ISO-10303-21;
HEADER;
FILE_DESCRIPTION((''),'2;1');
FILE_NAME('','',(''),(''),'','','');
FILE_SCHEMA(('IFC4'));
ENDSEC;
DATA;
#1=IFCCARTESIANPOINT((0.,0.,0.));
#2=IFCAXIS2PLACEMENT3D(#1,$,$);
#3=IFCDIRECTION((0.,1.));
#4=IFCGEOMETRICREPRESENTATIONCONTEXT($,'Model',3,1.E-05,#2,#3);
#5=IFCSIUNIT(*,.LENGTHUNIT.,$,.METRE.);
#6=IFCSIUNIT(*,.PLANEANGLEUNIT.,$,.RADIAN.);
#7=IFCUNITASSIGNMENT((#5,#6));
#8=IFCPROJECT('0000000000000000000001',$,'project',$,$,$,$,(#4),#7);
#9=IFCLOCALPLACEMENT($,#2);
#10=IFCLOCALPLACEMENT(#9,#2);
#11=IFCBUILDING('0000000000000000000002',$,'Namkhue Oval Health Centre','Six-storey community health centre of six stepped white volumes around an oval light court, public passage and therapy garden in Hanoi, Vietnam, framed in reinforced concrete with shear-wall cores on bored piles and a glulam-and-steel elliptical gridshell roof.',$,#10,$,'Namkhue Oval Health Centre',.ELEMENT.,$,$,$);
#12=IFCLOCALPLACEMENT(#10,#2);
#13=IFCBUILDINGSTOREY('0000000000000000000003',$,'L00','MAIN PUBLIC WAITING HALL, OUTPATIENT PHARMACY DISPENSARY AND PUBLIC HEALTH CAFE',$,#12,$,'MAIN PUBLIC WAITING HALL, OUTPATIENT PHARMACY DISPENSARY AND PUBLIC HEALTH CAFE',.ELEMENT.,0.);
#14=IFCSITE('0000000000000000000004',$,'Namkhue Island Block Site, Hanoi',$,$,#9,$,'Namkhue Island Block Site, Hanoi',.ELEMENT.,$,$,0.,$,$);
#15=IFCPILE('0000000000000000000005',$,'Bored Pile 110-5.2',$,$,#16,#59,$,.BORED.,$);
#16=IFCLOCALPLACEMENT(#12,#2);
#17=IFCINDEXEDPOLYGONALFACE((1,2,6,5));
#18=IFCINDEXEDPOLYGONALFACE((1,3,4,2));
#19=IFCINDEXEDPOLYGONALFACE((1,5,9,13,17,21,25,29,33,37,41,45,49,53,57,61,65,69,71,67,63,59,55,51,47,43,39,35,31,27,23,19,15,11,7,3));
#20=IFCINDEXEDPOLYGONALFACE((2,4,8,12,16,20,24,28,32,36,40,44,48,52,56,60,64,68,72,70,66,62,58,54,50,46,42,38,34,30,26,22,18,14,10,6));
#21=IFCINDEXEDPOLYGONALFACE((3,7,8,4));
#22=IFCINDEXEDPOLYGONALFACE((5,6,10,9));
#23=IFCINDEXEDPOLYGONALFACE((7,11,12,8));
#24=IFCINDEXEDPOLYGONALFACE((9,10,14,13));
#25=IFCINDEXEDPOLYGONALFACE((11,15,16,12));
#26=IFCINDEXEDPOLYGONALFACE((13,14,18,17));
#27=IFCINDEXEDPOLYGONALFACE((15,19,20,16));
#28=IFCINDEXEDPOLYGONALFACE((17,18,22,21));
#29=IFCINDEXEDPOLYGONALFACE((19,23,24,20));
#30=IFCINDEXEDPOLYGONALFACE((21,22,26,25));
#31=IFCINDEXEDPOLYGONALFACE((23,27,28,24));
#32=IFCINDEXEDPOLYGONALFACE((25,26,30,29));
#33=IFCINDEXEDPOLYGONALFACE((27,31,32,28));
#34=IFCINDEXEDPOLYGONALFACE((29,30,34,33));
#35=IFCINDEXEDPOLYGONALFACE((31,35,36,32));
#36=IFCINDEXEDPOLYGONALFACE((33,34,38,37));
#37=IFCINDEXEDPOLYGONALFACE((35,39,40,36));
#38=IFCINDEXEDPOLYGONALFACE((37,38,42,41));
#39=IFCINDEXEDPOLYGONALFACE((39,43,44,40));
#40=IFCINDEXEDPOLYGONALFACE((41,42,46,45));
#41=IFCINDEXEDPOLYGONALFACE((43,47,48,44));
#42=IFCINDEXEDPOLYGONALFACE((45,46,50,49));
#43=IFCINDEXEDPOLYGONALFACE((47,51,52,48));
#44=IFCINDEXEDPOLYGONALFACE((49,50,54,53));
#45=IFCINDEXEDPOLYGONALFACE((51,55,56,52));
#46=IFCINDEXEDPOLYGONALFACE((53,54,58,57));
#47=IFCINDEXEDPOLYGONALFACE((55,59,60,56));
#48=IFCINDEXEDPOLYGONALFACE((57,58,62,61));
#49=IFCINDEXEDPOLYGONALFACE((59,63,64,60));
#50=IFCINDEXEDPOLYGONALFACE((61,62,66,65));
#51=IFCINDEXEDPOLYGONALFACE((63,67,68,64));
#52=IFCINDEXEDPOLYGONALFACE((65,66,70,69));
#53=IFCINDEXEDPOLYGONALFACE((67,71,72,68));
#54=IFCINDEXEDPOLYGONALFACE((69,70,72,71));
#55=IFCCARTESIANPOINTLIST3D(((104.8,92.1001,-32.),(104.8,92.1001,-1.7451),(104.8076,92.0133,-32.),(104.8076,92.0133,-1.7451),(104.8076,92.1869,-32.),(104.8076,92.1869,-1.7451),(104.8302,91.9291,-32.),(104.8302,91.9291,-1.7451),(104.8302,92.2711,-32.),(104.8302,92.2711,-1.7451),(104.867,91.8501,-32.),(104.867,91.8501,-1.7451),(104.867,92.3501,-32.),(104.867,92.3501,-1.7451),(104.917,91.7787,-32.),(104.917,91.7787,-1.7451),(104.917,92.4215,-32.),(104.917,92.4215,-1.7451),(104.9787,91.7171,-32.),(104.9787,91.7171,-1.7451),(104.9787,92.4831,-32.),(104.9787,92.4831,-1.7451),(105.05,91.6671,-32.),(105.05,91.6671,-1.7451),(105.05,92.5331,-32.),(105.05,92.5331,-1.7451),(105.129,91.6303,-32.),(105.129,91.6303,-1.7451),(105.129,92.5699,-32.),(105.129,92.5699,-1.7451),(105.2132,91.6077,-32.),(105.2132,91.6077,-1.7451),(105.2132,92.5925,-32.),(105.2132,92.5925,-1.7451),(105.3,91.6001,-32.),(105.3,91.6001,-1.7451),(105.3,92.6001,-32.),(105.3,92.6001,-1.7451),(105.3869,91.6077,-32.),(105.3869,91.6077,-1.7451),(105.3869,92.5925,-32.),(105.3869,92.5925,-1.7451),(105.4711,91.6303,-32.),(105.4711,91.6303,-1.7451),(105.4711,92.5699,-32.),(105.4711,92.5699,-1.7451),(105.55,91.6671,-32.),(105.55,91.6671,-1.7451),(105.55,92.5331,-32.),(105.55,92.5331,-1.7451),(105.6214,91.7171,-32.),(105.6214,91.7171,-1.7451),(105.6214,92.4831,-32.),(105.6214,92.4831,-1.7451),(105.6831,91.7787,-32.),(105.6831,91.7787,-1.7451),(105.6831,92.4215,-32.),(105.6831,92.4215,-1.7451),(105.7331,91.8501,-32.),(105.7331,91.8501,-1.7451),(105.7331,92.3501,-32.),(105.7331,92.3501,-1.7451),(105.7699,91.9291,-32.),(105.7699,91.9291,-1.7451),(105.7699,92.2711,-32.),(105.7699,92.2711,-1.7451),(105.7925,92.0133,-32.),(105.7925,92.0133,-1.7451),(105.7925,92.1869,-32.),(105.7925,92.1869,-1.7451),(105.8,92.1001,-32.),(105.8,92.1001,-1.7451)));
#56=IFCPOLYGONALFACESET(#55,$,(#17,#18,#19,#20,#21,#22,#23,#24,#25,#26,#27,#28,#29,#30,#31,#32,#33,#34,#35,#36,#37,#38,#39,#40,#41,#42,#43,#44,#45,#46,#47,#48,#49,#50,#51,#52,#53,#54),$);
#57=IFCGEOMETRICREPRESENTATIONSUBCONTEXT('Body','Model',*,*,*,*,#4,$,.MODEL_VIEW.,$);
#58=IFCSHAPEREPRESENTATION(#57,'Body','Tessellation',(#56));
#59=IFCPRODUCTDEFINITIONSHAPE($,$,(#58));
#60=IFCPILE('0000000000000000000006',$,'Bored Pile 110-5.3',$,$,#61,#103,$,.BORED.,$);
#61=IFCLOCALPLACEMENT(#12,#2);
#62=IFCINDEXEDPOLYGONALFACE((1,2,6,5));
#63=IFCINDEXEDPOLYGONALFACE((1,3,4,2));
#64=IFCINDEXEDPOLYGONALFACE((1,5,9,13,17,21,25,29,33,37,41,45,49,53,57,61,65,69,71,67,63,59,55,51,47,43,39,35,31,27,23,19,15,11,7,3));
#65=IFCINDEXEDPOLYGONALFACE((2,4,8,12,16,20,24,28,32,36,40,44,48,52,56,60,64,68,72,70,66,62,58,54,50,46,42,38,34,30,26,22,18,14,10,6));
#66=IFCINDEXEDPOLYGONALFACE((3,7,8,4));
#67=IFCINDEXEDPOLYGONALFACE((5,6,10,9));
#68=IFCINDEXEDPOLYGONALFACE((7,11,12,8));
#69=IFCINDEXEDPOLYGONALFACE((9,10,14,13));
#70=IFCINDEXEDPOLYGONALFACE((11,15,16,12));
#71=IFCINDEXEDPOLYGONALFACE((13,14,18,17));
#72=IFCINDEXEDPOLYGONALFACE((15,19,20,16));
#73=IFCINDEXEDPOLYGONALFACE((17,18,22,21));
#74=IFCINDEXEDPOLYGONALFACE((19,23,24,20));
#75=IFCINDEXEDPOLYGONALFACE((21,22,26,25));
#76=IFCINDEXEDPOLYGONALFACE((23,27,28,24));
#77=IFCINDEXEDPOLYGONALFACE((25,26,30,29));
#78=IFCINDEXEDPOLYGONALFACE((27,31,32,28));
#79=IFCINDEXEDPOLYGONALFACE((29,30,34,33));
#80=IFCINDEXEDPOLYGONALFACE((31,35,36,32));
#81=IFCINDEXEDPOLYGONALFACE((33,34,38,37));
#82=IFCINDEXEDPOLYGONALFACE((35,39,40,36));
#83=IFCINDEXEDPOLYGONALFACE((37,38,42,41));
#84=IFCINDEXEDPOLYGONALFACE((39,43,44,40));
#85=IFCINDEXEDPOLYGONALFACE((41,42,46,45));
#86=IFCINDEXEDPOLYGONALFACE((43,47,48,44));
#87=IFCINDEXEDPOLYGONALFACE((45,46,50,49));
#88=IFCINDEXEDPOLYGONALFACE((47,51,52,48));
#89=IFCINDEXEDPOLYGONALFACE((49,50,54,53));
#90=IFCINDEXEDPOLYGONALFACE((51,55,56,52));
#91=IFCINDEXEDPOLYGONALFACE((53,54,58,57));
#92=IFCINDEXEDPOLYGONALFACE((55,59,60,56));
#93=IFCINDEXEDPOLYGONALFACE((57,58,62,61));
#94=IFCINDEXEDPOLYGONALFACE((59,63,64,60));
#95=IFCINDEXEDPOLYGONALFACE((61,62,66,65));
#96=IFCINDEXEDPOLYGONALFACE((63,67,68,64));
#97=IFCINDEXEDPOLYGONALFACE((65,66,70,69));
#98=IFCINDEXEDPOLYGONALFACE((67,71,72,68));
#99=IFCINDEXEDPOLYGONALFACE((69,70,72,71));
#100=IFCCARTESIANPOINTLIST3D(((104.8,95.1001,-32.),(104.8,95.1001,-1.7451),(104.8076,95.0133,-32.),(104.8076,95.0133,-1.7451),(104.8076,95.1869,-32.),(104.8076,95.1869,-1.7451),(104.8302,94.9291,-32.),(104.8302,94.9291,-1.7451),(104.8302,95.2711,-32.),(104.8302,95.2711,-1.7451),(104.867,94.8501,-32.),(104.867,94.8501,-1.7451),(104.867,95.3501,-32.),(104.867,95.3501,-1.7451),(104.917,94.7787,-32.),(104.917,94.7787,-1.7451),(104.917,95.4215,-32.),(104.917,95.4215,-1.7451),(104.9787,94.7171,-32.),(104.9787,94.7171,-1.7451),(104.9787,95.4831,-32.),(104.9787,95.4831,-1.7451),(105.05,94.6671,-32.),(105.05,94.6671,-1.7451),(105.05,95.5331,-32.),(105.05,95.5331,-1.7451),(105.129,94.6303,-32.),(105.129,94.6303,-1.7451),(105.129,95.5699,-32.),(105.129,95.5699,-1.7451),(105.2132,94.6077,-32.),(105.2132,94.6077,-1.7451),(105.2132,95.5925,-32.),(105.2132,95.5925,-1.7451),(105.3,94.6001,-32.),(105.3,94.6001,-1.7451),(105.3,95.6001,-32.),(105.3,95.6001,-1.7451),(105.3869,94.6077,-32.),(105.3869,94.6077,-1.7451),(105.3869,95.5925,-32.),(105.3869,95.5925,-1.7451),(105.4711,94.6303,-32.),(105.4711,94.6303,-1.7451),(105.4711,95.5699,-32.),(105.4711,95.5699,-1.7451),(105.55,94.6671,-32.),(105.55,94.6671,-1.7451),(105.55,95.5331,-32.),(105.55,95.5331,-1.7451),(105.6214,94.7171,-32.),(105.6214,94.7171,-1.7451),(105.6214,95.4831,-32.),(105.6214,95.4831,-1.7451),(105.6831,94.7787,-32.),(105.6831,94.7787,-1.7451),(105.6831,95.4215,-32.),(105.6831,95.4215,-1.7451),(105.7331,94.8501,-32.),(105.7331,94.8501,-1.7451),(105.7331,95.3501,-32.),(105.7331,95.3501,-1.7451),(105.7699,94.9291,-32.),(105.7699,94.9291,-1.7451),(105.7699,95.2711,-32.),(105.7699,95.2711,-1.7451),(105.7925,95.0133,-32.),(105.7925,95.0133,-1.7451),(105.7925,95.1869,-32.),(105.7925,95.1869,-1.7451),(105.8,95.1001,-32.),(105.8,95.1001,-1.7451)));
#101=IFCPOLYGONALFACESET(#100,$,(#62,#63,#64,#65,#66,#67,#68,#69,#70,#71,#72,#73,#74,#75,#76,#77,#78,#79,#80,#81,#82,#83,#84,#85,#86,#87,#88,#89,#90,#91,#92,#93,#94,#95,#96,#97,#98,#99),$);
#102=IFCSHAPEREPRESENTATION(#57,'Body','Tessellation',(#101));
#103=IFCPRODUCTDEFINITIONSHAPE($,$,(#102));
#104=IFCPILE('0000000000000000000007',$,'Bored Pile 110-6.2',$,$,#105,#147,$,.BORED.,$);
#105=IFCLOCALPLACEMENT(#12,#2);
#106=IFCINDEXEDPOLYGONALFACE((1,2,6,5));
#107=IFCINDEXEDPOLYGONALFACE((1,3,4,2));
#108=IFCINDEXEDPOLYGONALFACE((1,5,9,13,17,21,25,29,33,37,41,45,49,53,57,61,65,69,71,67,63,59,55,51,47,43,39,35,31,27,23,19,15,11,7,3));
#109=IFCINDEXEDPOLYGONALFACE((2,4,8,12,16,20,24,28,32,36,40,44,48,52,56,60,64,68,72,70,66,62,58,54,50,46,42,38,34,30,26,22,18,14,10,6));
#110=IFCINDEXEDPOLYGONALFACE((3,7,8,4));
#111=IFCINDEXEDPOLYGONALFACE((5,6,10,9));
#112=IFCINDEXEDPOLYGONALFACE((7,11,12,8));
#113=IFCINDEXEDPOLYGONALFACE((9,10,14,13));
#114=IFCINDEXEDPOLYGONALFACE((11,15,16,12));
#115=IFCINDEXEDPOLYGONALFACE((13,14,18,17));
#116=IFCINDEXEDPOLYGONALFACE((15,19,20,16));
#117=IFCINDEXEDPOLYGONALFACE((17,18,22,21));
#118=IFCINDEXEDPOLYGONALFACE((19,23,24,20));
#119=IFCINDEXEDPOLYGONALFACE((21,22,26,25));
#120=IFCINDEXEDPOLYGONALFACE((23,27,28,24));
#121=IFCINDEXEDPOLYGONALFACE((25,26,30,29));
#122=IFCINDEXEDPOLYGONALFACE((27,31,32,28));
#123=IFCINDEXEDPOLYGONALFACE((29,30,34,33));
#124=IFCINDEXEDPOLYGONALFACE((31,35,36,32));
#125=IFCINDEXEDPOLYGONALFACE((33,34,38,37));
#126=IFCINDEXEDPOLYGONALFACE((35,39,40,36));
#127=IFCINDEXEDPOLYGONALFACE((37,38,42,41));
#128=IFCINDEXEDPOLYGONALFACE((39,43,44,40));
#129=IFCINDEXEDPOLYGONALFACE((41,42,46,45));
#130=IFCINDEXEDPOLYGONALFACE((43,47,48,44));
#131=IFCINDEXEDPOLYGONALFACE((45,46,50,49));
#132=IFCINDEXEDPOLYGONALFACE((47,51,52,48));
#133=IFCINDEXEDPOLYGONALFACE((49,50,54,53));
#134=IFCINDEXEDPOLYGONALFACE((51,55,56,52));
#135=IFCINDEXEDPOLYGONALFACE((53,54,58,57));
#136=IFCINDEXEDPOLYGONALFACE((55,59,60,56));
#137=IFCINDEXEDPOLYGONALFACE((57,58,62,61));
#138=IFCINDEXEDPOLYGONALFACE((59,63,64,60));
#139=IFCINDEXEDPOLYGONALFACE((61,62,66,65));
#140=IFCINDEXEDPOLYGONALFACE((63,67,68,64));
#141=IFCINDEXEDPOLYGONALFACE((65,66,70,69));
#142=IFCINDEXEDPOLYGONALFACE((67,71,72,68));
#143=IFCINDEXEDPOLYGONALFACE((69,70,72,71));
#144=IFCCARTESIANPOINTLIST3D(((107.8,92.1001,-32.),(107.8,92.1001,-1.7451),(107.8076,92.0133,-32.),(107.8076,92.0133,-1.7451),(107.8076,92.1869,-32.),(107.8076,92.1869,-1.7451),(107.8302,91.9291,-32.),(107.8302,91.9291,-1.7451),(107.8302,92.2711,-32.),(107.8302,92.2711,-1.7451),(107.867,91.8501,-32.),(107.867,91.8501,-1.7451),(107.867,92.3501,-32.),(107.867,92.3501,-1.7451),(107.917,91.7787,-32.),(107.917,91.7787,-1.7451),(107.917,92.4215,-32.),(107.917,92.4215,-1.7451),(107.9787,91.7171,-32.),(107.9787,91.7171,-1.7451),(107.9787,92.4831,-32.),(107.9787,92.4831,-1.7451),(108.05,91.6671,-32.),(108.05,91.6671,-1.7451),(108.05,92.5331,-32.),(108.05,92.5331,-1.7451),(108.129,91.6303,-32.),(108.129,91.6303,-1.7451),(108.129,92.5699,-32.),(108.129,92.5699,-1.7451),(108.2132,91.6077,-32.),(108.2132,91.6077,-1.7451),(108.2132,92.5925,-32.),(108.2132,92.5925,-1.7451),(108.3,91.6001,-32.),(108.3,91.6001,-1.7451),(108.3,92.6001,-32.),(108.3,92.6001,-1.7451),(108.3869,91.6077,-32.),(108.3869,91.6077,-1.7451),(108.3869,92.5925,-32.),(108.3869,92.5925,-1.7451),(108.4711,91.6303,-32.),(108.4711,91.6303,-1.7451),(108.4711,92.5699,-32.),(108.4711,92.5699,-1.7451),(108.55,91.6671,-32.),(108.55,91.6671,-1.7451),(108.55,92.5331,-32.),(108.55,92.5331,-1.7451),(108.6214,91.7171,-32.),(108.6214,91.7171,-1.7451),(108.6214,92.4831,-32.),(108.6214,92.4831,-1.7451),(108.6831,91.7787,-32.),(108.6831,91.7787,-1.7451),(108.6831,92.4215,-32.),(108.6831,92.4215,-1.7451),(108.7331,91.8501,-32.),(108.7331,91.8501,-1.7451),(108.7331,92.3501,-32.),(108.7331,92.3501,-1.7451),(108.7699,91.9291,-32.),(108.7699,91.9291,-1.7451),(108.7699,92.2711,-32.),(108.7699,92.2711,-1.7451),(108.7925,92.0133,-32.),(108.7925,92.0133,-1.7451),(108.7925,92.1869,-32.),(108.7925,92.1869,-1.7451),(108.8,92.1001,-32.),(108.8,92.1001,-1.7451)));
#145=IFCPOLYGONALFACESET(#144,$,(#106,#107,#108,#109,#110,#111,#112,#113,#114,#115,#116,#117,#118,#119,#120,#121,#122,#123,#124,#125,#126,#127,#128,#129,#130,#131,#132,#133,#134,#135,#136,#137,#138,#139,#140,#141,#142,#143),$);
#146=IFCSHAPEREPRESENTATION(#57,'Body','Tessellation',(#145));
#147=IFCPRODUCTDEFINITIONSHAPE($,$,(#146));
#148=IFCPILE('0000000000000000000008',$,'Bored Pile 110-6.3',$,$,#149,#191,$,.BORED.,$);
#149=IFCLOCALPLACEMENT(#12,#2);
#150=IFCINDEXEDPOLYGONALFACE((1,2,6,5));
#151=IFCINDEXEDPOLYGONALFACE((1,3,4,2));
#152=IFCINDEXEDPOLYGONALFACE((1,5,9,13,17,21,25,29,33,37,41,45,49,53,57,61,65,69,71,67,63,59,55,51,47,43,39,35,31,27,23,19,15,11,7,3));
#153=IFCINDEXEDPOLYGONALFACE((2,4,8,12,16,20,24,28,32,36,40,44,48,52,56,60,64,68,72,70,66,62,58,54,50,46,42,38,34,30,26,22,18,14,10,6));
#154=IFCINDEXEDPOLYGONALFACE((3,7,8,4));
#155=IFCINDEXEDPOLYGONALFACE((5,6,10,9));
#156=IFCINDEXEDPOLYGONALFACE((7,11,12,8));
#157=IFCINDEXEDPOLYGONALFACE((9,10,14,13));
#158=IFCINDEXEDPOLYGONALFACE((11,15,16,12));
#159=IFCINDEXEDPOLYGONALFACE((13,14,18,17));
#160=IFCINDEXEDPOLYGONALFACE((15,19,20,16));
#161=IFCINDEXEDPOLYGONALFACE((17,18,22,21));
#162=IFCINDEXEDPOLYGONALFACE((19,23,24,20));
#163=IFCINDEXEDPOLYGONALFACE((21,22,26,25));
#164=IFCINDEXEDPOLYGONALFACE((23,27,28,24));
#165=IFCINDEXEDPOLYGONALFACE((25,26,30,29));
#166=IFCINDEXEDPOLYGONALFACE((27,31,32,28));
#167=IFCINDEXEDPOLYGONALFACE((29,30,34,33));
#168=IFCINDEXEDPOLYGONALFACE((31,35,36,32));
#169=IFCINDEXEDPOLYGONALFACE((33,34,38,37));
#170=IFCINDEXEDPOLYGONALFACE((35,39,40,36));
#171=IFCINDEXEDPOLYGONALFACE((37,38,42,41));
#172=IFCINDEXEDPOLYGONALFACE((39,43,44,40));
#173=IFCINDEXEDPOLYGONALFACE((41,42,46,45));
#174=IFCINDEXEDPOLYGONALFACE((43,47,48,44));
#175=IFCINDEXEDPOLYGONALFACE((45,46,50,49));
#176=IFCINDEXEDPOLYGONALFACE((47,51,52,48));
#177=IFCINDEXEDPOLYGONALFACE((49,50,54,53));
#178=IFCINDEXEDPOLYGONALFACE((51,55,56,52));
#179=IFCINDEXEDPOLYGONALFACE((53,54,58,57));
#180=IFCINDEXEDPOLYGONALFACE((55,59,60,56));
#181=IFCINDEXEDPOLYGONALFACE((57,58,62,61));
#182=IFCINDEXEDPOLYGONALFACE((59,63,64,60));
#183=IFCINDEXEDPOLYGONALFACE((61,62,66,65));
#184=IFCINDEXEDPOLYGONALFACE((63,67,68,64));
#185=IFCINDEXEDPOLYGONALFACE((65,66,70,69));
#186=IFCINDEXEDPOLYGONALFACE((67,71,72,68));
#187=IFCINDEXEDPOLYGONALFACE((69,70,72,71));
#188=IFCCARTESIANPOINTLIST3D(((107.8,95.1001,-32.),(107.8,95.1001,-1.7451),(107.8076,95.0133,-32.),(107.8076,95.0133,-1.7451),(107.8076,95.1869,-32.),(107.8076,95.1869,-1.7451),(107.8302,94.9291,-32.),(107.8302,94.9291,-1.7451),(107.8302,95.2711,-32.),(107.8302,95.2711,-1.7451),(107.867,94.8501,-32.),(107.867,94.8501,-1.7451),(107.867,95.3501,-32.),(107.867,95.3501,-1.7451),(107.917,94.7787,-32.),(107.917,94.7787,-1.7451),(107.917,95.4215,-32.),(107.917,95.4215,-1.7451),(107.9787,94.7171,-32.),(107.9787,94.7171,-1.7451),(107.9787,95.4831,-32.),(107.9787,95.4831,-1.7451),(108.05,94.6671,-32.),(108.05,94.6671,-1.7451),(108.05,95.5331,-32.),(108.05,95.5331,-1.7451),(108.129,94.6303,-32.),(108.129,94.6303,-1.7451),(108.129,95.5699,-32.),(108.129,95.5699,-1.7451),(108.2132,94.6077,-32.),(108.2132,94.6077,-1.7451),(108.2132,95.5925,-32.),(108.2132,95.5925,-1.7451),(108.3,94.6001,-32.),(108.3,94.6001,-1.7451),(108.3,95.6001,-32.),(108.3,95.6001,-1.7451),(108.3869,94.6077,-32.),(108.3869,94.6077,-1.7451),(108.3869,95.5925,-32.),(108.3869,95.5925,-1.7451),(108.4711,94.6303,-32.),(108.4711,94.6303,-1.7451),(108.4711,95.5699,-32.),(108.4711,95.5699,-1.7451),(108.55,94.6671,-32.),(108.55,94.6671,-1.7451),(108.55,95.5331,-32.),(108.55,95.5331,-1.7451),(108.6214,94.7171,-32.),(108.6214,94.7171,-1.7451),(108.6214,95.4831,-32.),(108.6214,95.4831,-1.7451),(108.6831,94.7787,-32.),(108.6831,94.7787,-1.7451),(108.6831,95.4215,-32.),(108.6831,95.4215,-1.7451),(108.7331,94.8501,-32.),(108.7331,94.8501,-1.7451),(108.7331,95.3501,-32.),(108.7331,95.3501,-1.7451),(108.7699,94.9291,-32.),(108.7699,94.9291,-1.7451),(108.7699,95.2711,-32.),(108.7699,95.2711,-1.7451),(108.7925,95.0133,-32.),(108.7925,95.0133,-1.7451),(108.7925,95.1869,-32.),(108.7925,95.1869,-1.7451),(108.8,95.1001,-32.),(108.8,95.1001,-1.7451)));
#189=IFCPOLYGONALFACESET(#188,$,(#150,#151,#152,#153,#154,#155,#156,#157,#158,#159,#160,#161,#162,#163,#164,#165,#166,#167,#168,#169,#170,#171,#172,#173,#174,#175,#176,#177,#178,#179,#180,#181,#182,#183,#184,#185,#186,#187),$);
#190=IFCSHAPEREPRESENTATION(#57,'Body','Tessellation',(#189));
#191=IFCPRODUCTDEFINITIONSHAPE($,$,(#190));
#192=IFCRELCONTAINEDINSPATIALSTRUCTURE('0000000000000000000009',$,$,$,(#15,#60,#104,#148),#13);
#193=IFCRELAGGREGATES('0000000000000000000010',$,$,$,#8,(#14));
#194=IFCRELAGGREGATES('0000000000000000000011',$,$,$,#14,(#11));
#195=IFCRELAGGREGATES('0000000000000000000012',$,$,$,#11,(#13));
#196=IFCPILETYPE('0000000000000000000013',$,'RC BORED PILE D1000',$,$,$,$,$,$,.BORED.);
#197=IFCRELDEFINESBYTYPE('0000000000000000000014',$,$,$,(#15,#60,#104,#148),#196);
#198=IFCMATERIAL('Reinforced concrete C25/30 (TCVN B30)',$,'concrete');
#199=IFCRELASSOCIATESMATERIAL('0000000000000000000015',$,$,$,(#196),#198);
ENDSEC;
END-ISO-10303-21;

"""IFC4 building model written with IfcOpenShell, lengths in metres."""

from ifc_helpers import new_model, si_unit, direction, frame, origin, origin_2d, place, context, subcontext, project, spatial, circle, extrude, material, material_profile, profile_set, type_object, element, save


model = new_model("IFC4")

# Units and contexts
model_context = context("Model", 3, precision=1e-05, world=origin(), true_north=direction((0.0, 1.0)))
body_context = subcontext(model_context, "Body", "Model", "MODEL_VIEW")
ifc_project = project(units=[si_unit("LENGTHUNIT", "METRE"), si_unit("PLANEANGLEUNIT", "RADIAN")], contexts=[model_context])

# Site, building, storey
site_placement = place(None, origin())
site = spatial("IfcSite", under=ifc_project, at=site_placement, Name="Namkhue Island Block Site, Hanoi", LongName="Namkhue Island Block Site, Hanoi", CompositionType="ELEMENT", RefElevation=0.0)
building_placement = place(site_placement, origin())
building = spatial("IfcBuilding", under=site, at=building_placement, Name="Namkhue Oval Health Centre", Description="Six-storey community health centre of six stepped white volumes around an oval light court, public passage and therapy garden in Hanoi, Vietnam, framed in reinforced concrete with shear-wall cores on bored piles and a glulam-and-steel elliptical gridshell roof.", LongName="Namkhue Oval Health Centre", CompositionType="ELEMENT")
storey_placement = place(building_placement, origin())
storey = spatial("IfcBuildingStorey", under=building, at=storey_placement, Name="L00", Description="MAIN PUBLIC WAITING HALL, OUTPATIENT PHARMACY DISPENSARY AND PUBLIC HEALTH CAFE", LongName="MAIN PUBLIC WAITING HALL, OUTPATIENT PHARMACY DISPENSARY AND PUBLIC HEALTH CAFE", CompositionType="ELEMENT", Elevation=0.0)

# Piles
ifc_material_1 = material(Name="Reinforced concrete C25/30 (TCVN B30)", Category="concrete")
ifc_material_profile_1 = material_profile(ifc_material_1, circle(Radius=0.5, at=origin_2d()), Name="BORED PILE D1000")
ifc_profile_set_1 = profile_set([ifc_material_profile_1], Name="Reinforced concrete C25/30 (TCVN B30)")
pile_type = type_object("IfcPileType", Name="RC BORED PILE D1000", PredefinedType="BORED", material=ifc_profile_set_1)
for number, where, z_axis, x_axis, name in (
    (1, (105.3, 92.1001, -1.7451), (0.0, 0.0, -1.0), (1.0, 0.0, 0.0), "Bored Pile 110-5.2"),
    (2, (105.3, 95.1001, -1.7451), (0.0, 0.0, -1.0), (1.0, 0.0, 0.0), "Bored Pile 110-5.3"),
    (3, (108.3, 92.1001, -1.7451), (0.0, 0.0, -1.0), (1.0, 0.0, 0.0), "Bored Pile 110-6.2"),
    (4, (108.3, 95.1001, -1.7451), (0.0, 0.0, -1.0), (1.0, 0.0, 0.0), "Bored Pile 110-6.3"),
):
    element("IfcPile", number, at=place(storey_placement, frame(where, z_axis=z_axis, x_axis=x_axis)), inside=storey, type_object=pile_type, Name=name, PredefinedType="BORED", context=body_context, shape_type="SweptSolid", body=[
        extrude(circle(Radius=0.5, at=origin_2d()), origin(), (0.0, 0.0, 1.0), 30.2549),
    ])

save(model, "model.ifc")
